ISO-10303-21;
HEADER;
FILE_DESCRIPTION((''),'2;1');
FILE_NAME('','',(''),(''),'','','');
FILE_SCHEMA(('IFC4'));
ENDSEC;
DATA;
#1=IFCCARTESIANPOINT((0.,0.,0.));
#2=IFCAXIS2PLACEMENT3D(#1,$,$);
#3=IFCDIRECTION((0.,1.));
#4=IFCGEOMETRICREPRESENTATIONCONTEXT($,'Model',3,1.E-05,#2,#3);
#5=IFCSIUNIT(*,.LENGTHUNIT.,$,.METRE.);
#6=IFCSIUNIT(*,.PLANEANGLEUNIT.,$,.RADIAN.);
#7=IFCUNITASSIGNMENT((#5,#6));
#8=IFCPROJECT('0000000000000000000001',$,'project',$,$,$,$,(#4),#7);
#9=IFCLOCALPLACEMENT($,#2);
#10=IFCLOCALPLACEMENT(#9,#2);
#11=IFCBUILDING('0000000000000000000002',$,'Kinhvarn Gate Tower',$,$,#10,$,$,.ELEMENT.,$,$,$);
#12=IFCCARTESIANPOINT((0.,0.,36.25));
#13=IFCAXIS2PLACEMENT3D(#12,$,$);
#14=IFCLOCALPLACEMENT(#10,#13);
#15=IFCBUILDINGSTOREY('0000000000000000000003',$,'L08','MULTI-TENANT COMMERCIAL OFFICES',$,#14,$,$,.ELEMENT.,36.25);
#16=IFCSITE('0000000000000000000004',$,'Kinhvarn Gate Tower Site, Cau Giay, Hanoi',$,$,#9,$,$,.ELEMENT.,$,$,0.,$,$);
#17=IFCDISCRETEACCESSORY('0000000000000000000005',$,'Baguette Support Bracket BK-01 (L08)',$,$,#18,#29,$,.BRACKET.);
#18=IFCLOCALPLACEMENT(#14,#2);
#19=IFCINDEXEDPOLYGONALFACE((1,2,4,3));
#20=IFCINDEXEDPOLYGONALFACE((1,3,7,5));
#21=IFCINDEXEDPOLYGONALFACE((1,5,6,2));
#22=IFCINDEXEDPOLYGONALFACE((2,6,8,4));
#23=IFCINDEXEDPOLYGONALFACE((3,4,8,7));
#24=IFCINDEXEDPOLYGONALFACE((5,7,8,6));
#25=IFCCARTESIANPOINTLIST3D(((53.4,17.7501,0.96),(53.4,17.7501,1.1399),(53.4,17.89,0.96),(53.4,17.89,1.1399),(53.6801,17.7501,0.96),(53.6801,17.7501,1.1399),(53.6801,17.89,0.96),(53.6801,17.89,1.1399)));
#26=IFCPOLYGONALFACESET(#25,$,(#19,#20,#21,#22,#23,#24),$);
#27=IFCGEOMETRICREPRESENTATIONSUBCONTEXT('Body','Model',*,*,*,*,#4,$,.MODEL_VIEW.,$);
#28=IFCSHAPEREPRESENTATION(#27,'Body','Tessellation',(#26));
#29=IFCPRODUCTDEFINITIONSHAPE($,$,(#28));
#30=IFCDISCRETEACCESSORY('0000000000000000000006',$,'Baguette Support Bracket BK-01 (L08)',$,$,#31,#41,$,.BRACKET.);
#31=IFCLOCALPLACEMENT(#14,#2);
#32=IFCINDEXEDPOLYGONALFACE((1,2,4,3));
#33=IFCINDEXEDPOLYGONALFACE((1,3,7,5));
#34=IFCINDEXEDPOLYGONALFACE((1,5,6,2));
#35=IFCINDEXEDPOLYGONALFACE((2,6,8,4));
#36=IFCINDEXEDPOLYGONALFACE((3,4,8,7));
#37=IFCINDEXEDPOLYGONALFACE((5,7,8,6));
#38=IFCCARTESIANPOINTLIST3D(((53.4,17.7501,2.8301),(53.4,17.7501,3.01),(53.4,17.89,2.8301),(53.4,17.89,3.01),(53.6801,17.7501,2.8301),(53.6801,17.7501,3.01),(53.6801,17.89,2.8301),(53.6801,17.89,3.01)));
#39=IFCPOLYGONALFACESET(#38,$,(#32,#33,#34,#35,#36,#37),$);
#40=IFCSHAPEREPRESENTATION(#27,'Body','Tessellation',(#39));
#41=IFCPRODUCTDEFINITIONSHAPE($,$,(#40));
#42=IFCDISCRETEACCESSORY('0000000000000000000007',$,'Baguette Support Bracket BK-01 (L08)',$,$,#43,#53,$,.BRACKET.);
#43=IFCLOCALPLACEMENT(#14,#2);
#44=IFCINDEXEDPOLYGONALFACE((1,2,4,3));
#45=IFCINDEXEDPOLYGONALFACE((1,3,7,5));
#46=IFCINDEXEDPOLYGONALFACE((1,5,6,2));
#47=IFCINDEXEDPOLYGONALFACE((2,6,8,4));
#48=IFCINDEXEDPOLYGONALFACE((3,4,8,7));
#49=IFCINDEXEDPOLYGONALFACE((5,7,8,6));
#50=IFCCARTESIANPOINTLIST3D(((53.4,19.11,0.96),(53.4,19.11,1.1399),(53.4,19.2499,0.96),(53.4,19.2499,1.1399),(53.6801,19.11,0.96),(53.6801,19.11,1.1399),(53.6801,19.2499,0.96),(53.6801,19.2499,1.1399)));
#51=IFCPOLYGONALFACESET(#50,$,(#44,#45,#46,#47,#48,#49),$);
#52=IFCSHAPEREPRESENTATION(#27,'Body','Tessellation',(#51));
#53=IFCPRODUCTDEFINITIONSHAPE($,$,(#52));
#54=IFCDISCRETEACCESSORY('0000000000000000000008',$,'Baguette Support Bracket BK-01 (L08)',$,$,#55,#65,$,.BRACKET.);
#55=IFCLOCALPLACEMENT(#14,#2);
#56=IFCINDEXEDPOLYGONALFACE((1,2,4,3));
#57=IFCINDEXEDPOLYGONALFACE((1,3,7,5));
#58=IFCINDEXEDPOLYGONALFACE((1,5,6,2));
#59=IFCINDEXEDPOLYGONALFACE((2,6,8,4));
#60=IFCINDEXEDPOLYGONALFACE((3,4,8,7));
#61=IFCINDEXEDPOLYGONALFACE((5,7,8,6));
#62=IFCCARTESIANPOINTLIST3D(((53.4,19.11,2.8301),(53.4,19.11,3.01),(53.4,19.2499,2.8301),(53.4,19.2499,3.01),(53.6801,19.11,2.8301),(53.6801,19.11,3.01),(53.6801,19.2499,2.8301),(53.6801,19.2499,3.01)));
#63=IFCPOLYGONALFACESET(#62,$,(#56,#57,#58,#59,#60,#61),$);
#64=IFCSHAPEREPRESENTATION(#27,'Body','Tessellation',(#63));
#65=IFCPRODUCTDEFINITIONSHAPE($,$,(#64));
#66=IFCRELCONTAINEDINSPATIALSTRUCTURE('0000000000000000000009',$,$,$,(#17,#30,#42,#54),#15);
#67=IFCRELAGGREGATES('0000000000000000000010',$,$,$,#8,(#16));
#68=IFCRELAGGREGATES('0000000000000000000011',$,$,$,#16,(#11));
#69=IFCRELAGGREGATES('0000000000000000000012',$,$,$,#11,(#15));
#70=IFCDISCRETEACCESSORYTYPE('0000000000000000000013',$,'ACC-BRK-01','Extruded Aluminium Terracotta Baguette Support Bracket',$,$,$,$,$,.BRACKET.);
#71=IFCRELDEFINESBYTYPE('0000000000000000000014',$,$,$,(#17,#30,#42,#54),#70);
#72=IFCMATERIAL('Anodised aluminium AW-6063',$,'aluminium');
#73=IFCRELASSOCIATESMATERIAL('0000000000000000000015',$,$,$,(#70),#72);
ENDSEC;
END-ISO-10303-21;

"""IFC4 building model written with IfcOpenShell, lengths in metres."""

from ifc_helpers import new_model, si_unit, direction, frame, origin, origin_2d, place, context, subcontext, project, spatial, rectangle, extrude, material, type_object, element, save


model = new_model("IFC4")

# Units and contexts
model_context = context("Model", 3, precision=1e-05, world=origin(), true_north=direction((0.0, 1.0)))
body_context = subcontext(model_context, "Body", "Model", "MODEL_VIEW")
ifc_project = project(units=[si_unit("LENGTHUNIT", "METRE"), si_unit("PLANEANGLEUNIT", "RADIAN")], contexts=[model_context])

# Site, building, storey
site_placement = place(None, origin())
site = spatial("IfcSite", under=ifc_project, at=site_placement, Name="Kinhvarn Gate Tower Site, Cau Giay, Hanoi", CompositionType="ELEMENT", RefElevation=0.0)
building_placement = place(site_placement, origin())
building = spatial("IfcBuilding", under=site, at=building_placement, Name="Kinhvarn Gate Tower", CompositionType="ELEMENT")
storey_placement = place(building_placement, frame((0.0, 0.0, 36.25)))
storey = spatial("IfcBuildingStorey", under=building, at=storey_placement, Name="L08", Description="MULTI-TENANT COMMERCIAL OFFICES", CompositionType="ELEMENT", Elevation=36.25)

# Shared definitions
ifc_material_1 = material(Name="Anodised aluminium AW-6063", Category="aluminium")

# Discrete accessories
discrete_accessory_type = type_object("IfcDiscreteAccessoryType", Name="ACC-BRK-01", Description="Extruded Aluminium Terracotta Baguette Support Bracket", PredefinedType="BRACKET", material=ifc_material_1)
for number, where, z_axis, x_axis, name in (
    (1, (53.54, 17.8201, 0.96), (0.0, 0.0, 1.0), (0.0, 1.0, 0.0), "Baguette Support Bracket BK-01 (L08)"),
    (2, (53.54, 17.8201, 2.8301), (0.0, 0.0, 1.0), (0.0, 1.0, 0.0), "Baguette Support Bracket BK-01 (L08)"),
    (3, (53.54, 19.1799, 0.96), (0.0, 0.0, 1.0), (0.0, 1.0, 0.0), "Baguette Support Bracket BK-01 (L08)"),
    (4, (53.54, 19.1799, 2.8301), (0.0, 0.0, 1.0), (0.0, 1.0, 0.0), "Baguette Support Bracket BK-01 (L08)"),
):
    element("IfcDiscreteAccessory", number, at=place(storey_placement, frame(where, z_axis=z_axis, x_axis=x_axis)), inside=storey, type_object=discrete_accessory_type, Name=name, PredefinedType="BRACKET", context=body_context, shape_type="SweptSolid", body=[
        extrude(rectangle(XDim=0.1399, YDim=0.28, at=origin_2d()), origin(), (0.0, 0.0, 1.0), 0.1799),
    ])

save(model, "model.ifc")
